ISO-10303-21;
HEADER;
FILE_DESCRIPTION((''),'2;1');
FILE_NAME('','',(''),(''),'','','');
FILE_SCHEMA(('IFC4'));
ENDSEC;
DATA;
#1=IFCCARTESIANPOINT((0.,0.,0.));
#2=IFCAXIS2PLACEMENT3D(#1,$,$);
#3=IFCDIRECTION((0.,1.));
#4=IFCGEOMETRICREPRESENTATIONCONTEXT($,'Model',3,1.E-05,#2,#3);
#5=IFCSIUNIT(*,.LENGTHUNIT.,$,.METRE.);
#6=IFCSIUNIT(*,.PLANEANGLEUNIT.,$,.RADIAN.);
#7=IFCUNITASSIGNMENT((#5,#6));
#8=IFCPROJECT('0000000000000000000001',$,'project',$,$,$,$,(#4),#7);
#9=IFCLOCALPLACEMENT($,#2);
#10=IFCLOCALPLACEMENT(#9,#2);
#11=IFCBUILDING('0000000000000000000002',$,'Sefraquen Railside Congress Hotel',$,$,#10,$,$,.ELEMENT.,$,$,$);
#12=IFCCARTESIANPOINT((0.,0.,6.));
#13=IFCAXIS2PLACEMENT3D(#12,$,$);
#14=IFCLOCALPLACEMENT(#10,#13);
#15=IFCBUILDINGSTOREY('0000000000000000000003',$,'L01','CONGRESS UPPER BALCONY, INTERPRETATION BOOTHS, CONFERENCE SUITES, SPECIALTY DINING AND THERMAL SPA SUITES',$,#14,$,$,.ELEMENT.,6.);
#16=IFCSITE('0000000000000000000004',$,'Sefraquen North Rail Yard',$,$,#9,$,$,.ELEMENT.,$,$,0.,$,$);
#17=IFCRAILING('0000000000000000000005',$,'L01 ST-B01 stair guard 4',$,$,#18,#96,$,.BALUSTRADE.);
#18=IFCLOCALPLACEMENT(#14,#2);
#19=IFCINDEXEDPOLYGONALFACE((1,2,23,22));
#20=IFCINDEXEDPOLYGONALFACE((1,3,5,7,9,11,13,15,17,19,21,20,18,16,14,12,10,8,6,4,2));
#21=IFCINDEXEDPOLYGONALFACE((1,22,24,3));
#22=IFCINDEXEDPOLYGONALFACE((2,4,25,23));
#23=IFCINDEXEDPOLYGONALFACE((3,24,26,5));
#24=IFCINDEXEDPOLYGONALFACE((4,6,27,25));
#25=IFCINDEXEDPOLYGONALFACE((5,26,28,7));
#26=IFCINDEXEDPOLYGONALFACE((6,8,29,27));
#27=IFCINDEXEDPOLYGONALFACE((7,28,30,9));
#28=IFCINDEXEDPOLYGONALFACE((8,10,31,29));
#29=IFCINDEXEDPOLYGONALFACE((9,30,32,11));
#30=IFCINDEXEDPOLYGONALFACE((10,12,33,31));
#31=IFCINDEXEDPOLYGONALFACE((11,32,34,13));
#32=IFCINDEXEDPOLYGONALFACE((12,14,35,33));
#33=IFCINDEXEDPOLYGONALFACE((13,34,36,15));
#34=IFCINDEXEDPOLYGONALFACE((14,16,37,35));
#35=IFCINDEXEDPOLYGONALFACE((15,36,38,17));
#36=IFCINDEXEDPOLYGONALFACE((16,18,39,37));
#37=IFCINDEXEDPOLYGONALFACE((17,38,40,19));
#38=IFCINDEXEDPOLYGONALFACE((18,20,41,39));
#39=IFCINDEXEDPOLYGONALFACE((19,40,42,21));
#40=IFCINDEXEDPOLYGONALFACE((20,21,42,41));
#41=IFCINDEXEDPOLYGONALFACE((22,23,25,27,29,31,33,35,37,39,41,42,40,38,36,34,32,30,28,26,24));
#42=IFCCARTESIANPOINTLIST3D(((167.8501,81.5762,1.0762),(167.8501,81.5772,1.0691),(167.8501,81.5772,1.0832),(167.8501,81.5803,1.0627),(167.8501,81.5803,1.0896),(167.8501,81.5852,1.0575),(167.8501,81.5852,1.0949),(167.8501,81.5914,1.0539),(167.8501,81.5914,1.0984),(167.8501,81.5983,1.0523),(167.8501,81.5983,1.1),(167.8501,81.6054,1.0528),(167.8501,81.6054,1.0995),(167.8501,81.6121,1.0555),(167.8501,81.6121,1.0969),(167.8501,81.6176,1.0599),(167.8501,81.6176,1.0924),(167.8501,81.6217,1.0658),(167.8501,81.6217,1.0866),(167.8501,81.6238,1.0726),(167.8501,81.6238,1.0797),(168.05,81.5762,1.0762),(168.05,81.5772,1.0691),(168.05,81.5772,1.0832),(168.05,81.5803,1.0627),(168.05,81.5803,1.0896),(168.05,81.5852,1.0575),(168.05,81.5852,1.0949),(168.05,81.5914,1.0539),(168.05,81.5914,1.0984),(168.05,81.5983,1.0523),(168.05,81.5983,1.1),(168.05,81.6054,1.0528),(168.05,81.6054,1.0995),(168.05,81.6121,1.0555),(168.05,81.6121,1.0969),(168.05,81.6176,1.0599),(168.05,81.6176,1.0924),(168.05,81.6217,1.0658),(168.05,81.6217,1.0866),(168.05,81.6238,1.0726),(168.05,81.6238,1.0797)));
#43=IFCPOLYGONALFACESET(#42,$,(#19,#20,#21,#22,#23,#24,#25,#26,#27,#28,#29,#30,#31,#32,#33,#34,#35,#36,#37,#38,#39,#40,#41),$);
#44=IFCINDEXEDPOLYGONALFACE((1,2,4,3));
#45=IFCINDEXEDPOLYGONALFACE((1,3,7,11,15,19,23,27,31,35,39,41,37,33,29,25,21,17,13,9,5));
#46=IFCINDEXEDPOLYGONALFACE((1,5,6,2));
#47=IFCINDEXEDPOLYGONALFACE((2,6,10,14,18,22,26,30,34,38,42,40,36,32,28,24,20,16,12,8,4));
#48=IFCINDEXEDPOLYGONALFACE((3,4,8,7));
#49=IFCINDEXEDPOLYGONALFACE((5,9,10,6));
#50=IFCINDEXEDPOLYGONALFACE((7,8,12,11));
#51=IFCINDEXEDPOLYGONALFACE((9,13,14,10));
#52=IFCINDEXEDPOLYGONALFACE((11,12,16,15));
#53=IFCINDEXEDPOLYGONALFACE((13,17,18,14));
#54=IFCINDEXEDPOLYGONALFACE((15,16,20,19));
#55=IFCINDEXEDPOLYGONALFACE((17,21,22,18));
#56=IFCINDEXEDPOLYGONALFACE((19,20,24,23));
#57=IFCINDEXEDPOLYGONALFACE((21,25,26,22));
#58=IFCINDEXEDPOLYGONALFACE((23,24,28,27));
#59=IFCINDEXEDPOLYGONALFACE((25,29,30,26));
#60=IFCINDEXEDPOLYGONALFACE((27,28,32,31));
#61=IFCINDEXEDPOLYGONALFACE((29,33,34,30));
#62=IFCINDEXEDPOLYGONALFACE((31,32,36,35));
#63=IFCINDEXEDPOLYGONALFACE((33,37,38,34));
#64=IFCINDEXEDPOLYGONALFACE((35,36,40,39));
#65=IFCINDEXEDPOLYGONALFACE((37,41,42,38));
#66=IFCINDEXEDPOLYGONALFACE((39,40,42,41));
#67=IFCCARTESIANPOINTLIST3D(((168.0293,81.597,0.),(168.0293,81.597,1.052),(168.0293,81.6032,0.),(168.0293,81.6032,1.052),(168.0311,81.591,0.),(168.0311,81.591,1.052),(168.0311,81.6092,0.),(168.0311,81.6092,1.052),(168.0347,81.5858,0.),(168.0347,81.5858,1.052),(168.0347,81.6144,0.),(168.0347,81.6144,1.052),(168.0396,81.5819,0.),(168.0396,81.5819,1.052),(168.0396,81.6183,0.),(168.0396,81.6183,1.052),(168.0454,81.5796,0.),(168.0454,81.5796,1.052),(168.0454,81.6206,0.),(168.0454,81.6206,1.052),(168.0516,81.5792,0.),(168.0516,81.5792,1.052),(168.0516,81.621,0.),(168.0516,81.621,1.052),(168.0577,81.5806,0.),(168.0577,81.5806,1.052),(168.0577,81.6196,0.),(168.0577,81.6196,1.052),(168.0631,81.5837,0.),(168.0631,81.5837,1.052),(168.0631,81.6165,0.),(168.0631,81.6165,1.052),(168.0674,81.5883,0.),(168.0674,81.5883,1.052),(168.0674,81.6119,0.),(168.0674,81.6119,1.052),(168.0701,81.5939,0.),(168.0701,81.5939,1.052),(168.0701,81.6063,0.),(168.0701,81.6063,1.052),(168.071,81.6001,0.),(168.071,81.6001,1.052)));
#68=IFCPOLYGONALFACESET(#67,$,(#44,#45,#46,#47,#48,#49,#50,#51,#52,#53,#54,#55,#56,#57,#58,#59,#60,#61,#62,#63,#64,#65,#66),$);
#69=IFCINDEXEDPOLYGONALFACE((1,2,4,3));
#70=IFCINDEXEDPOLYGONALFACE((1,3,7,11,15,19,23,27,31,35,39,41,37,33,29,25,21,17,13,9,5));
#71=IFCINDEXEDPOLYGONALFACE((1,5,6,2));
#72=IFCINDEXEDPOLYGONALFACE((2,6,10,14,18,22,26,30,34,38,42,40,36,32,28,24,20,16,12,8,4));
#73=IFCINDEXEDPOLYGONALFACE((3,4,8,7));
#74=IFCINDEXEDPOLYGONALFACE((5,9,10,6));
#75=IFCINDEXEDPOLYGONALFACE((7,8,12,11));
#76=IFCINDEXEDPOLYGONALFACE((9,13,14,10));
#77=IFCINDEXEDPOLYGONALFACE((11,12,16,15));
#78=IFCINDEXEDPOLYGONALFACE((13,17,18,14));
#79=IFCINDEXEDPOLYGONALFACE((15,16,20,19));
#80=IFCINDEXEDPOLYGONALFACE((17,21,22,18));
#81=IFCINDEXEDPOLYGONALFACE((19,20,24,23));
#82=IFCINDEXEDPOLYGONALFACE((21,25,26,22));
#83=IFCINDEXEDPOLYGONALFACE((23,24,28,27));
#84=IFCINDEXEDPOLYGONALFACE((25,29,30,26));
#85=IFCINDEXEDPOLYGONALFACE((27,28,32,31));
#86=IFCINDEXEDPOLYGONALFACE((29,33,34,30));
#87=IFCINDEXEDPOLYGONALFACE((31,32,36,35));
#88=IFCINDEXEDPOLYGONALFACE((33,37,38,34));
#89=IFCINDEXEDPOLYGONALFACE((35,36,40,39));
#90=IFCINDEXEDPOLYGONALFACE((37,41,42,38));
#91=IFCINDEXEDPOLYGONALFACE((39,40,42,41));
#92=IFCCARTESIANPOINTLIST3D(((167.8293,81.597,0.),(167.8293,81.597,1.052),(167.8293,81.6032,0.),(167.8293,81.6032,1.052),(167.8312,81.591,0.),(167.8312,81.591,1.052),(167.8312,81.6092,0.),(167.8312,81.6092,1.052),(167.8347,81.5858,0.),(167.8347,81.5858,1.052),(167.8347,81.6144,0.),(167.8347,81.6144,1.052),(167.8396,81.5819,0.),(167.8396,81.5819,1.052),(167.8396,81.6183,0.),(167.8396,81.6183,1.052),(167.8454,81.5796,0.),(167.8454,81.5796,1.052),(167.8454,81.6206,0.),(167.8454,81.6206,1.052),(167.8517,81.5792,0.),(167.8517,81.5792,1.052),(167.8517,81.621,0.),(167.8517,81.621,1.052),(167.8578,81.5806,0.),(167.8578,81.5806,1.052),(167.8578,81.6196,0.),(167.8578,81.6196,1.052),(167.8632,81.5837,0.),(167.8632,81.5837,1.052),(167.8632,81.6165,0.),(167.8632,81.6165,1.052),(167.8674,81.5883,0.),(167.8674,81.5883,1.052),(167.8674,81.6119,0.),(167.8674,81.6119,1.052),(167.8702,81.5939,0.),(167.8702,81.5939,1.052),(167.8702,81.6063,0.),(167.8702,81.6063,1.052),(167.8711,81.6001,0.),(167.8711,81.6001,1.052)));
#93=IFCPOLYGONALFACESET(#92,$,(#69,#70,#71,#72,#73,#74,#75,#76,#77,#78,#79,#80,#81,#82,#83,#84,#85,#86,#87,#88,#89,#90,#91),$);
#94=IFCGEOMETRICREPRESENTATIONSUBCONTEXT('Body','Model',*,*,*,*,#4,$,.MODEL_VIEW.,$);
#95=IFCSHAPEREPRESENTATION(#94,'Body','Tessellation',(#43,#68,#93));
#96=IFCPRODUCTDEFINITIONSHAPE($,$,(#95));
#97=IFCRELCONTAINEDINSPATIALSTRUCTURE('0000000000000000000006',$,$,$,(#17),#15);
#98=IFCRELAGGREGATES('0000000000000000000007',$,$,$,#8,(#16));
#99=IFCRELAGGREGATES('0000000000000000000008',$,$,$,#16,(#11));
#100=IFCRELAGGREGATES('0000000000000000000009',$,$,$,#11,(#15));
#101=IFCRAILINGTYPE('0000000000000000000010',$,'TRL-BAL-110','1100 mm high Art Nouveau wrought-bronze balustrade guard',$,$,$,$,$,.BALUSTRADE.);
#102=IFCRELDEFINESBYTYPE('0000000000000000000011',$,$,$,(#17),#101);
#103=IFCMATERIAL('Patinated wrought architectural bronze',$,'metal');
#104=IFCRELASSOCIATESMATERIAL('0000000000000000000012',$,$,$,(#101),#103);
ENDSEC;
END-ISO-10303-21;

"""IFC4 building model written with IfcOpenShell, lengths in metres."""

from ifc_helpers import new_model, si_unit, direction, frame, origin, origin_2d, place, context, subcontext, project, spatial, circle, extrude, material, type_object, element, save


model = new_model("IFC4")

# Units and contexts
model_context = context("Model", 3, precision=1e-05, world=origin(), true_north=direction((0.0, 1.0)))
body_context = subcontext(model_context, "Body", "Model", "MODEL_VIEW")
ifc_project = project(units=[si_unit("LENGTHUNIT", "METRE"), si_unit("PLANEANGLEUNIT", "RADIAN")], contexts=[model_context])

# Site, building, storey
site_placement = place(None, origin())
site = spatial("IfcSite", under=ifc_project, at=site_placement, Name="Sefraquen North Rail Yard", CompositionType="ELEMENT", RefElevation=0.0)
building_placement = place(site_placement, origin())
building = spatial("IfcBuilding", under=site, at=building_placement, Name="Sefraquen Railside Congress Hotel", CompositionType="ELEMENT")
storey_placement = place(building_placement, frame((0.0, 0.0, 6.0)))
storey = spatial("IfcBuildingStorey", under=building, at=storey_placement, Name="L01", Description="CONGRESS UPPER BALCONY, INTERPRETATION BOOTHS, CONFERENCE SUITES, SPECIALTY DINING AND THERMAL SPA SUITES", CompositionType="ELEMENT", Elevation=6.0)

# Railing
ifc_material_1 = material(Name="Patinated wrought architectural bronze", Category="metal")
railing_type_1 = type_object("IfcRailingType", Name="TRL-BAL-110", Description="1100 mm high Art Nouveau wrought-bronze balustrade guard", PredefinedType="BALUSTRADE", material=ifc_material_1)
railing_1_placement = place(storey_placement, frame((168.05, 81.6001, 0.0)))
element("IfcRailing", 1, at=railing_1_placement, inside=storey, type_object=railing_type_1, Name="L01 ST-B01 stair guard 4", PredefinedType="BALUSTRADE", context=body_context, shape_type="SweptSolid", body=[
    extrude(circle(Radius=0.0239, at=origin_2d()), frame((0.0, 0.0, 1.0762), z_axis=(-1.0, 0.0, 0.0), x_axis=(0.0, -1.0, 0.0)), (0.0, 0.0, 1.0), 0.2),
    extrude(circle(Radius=0.021, at=origin_2d()), origin(), (0.0, 0.0, 1.0), 1.052),
    extrude(circle(Radius=0.021, at=origin_2d()), frame((-0.2, 0.0, 0.0)), (0.0, 0.0, 1.0), 1.052),
])

save(model, "model.ifc")
